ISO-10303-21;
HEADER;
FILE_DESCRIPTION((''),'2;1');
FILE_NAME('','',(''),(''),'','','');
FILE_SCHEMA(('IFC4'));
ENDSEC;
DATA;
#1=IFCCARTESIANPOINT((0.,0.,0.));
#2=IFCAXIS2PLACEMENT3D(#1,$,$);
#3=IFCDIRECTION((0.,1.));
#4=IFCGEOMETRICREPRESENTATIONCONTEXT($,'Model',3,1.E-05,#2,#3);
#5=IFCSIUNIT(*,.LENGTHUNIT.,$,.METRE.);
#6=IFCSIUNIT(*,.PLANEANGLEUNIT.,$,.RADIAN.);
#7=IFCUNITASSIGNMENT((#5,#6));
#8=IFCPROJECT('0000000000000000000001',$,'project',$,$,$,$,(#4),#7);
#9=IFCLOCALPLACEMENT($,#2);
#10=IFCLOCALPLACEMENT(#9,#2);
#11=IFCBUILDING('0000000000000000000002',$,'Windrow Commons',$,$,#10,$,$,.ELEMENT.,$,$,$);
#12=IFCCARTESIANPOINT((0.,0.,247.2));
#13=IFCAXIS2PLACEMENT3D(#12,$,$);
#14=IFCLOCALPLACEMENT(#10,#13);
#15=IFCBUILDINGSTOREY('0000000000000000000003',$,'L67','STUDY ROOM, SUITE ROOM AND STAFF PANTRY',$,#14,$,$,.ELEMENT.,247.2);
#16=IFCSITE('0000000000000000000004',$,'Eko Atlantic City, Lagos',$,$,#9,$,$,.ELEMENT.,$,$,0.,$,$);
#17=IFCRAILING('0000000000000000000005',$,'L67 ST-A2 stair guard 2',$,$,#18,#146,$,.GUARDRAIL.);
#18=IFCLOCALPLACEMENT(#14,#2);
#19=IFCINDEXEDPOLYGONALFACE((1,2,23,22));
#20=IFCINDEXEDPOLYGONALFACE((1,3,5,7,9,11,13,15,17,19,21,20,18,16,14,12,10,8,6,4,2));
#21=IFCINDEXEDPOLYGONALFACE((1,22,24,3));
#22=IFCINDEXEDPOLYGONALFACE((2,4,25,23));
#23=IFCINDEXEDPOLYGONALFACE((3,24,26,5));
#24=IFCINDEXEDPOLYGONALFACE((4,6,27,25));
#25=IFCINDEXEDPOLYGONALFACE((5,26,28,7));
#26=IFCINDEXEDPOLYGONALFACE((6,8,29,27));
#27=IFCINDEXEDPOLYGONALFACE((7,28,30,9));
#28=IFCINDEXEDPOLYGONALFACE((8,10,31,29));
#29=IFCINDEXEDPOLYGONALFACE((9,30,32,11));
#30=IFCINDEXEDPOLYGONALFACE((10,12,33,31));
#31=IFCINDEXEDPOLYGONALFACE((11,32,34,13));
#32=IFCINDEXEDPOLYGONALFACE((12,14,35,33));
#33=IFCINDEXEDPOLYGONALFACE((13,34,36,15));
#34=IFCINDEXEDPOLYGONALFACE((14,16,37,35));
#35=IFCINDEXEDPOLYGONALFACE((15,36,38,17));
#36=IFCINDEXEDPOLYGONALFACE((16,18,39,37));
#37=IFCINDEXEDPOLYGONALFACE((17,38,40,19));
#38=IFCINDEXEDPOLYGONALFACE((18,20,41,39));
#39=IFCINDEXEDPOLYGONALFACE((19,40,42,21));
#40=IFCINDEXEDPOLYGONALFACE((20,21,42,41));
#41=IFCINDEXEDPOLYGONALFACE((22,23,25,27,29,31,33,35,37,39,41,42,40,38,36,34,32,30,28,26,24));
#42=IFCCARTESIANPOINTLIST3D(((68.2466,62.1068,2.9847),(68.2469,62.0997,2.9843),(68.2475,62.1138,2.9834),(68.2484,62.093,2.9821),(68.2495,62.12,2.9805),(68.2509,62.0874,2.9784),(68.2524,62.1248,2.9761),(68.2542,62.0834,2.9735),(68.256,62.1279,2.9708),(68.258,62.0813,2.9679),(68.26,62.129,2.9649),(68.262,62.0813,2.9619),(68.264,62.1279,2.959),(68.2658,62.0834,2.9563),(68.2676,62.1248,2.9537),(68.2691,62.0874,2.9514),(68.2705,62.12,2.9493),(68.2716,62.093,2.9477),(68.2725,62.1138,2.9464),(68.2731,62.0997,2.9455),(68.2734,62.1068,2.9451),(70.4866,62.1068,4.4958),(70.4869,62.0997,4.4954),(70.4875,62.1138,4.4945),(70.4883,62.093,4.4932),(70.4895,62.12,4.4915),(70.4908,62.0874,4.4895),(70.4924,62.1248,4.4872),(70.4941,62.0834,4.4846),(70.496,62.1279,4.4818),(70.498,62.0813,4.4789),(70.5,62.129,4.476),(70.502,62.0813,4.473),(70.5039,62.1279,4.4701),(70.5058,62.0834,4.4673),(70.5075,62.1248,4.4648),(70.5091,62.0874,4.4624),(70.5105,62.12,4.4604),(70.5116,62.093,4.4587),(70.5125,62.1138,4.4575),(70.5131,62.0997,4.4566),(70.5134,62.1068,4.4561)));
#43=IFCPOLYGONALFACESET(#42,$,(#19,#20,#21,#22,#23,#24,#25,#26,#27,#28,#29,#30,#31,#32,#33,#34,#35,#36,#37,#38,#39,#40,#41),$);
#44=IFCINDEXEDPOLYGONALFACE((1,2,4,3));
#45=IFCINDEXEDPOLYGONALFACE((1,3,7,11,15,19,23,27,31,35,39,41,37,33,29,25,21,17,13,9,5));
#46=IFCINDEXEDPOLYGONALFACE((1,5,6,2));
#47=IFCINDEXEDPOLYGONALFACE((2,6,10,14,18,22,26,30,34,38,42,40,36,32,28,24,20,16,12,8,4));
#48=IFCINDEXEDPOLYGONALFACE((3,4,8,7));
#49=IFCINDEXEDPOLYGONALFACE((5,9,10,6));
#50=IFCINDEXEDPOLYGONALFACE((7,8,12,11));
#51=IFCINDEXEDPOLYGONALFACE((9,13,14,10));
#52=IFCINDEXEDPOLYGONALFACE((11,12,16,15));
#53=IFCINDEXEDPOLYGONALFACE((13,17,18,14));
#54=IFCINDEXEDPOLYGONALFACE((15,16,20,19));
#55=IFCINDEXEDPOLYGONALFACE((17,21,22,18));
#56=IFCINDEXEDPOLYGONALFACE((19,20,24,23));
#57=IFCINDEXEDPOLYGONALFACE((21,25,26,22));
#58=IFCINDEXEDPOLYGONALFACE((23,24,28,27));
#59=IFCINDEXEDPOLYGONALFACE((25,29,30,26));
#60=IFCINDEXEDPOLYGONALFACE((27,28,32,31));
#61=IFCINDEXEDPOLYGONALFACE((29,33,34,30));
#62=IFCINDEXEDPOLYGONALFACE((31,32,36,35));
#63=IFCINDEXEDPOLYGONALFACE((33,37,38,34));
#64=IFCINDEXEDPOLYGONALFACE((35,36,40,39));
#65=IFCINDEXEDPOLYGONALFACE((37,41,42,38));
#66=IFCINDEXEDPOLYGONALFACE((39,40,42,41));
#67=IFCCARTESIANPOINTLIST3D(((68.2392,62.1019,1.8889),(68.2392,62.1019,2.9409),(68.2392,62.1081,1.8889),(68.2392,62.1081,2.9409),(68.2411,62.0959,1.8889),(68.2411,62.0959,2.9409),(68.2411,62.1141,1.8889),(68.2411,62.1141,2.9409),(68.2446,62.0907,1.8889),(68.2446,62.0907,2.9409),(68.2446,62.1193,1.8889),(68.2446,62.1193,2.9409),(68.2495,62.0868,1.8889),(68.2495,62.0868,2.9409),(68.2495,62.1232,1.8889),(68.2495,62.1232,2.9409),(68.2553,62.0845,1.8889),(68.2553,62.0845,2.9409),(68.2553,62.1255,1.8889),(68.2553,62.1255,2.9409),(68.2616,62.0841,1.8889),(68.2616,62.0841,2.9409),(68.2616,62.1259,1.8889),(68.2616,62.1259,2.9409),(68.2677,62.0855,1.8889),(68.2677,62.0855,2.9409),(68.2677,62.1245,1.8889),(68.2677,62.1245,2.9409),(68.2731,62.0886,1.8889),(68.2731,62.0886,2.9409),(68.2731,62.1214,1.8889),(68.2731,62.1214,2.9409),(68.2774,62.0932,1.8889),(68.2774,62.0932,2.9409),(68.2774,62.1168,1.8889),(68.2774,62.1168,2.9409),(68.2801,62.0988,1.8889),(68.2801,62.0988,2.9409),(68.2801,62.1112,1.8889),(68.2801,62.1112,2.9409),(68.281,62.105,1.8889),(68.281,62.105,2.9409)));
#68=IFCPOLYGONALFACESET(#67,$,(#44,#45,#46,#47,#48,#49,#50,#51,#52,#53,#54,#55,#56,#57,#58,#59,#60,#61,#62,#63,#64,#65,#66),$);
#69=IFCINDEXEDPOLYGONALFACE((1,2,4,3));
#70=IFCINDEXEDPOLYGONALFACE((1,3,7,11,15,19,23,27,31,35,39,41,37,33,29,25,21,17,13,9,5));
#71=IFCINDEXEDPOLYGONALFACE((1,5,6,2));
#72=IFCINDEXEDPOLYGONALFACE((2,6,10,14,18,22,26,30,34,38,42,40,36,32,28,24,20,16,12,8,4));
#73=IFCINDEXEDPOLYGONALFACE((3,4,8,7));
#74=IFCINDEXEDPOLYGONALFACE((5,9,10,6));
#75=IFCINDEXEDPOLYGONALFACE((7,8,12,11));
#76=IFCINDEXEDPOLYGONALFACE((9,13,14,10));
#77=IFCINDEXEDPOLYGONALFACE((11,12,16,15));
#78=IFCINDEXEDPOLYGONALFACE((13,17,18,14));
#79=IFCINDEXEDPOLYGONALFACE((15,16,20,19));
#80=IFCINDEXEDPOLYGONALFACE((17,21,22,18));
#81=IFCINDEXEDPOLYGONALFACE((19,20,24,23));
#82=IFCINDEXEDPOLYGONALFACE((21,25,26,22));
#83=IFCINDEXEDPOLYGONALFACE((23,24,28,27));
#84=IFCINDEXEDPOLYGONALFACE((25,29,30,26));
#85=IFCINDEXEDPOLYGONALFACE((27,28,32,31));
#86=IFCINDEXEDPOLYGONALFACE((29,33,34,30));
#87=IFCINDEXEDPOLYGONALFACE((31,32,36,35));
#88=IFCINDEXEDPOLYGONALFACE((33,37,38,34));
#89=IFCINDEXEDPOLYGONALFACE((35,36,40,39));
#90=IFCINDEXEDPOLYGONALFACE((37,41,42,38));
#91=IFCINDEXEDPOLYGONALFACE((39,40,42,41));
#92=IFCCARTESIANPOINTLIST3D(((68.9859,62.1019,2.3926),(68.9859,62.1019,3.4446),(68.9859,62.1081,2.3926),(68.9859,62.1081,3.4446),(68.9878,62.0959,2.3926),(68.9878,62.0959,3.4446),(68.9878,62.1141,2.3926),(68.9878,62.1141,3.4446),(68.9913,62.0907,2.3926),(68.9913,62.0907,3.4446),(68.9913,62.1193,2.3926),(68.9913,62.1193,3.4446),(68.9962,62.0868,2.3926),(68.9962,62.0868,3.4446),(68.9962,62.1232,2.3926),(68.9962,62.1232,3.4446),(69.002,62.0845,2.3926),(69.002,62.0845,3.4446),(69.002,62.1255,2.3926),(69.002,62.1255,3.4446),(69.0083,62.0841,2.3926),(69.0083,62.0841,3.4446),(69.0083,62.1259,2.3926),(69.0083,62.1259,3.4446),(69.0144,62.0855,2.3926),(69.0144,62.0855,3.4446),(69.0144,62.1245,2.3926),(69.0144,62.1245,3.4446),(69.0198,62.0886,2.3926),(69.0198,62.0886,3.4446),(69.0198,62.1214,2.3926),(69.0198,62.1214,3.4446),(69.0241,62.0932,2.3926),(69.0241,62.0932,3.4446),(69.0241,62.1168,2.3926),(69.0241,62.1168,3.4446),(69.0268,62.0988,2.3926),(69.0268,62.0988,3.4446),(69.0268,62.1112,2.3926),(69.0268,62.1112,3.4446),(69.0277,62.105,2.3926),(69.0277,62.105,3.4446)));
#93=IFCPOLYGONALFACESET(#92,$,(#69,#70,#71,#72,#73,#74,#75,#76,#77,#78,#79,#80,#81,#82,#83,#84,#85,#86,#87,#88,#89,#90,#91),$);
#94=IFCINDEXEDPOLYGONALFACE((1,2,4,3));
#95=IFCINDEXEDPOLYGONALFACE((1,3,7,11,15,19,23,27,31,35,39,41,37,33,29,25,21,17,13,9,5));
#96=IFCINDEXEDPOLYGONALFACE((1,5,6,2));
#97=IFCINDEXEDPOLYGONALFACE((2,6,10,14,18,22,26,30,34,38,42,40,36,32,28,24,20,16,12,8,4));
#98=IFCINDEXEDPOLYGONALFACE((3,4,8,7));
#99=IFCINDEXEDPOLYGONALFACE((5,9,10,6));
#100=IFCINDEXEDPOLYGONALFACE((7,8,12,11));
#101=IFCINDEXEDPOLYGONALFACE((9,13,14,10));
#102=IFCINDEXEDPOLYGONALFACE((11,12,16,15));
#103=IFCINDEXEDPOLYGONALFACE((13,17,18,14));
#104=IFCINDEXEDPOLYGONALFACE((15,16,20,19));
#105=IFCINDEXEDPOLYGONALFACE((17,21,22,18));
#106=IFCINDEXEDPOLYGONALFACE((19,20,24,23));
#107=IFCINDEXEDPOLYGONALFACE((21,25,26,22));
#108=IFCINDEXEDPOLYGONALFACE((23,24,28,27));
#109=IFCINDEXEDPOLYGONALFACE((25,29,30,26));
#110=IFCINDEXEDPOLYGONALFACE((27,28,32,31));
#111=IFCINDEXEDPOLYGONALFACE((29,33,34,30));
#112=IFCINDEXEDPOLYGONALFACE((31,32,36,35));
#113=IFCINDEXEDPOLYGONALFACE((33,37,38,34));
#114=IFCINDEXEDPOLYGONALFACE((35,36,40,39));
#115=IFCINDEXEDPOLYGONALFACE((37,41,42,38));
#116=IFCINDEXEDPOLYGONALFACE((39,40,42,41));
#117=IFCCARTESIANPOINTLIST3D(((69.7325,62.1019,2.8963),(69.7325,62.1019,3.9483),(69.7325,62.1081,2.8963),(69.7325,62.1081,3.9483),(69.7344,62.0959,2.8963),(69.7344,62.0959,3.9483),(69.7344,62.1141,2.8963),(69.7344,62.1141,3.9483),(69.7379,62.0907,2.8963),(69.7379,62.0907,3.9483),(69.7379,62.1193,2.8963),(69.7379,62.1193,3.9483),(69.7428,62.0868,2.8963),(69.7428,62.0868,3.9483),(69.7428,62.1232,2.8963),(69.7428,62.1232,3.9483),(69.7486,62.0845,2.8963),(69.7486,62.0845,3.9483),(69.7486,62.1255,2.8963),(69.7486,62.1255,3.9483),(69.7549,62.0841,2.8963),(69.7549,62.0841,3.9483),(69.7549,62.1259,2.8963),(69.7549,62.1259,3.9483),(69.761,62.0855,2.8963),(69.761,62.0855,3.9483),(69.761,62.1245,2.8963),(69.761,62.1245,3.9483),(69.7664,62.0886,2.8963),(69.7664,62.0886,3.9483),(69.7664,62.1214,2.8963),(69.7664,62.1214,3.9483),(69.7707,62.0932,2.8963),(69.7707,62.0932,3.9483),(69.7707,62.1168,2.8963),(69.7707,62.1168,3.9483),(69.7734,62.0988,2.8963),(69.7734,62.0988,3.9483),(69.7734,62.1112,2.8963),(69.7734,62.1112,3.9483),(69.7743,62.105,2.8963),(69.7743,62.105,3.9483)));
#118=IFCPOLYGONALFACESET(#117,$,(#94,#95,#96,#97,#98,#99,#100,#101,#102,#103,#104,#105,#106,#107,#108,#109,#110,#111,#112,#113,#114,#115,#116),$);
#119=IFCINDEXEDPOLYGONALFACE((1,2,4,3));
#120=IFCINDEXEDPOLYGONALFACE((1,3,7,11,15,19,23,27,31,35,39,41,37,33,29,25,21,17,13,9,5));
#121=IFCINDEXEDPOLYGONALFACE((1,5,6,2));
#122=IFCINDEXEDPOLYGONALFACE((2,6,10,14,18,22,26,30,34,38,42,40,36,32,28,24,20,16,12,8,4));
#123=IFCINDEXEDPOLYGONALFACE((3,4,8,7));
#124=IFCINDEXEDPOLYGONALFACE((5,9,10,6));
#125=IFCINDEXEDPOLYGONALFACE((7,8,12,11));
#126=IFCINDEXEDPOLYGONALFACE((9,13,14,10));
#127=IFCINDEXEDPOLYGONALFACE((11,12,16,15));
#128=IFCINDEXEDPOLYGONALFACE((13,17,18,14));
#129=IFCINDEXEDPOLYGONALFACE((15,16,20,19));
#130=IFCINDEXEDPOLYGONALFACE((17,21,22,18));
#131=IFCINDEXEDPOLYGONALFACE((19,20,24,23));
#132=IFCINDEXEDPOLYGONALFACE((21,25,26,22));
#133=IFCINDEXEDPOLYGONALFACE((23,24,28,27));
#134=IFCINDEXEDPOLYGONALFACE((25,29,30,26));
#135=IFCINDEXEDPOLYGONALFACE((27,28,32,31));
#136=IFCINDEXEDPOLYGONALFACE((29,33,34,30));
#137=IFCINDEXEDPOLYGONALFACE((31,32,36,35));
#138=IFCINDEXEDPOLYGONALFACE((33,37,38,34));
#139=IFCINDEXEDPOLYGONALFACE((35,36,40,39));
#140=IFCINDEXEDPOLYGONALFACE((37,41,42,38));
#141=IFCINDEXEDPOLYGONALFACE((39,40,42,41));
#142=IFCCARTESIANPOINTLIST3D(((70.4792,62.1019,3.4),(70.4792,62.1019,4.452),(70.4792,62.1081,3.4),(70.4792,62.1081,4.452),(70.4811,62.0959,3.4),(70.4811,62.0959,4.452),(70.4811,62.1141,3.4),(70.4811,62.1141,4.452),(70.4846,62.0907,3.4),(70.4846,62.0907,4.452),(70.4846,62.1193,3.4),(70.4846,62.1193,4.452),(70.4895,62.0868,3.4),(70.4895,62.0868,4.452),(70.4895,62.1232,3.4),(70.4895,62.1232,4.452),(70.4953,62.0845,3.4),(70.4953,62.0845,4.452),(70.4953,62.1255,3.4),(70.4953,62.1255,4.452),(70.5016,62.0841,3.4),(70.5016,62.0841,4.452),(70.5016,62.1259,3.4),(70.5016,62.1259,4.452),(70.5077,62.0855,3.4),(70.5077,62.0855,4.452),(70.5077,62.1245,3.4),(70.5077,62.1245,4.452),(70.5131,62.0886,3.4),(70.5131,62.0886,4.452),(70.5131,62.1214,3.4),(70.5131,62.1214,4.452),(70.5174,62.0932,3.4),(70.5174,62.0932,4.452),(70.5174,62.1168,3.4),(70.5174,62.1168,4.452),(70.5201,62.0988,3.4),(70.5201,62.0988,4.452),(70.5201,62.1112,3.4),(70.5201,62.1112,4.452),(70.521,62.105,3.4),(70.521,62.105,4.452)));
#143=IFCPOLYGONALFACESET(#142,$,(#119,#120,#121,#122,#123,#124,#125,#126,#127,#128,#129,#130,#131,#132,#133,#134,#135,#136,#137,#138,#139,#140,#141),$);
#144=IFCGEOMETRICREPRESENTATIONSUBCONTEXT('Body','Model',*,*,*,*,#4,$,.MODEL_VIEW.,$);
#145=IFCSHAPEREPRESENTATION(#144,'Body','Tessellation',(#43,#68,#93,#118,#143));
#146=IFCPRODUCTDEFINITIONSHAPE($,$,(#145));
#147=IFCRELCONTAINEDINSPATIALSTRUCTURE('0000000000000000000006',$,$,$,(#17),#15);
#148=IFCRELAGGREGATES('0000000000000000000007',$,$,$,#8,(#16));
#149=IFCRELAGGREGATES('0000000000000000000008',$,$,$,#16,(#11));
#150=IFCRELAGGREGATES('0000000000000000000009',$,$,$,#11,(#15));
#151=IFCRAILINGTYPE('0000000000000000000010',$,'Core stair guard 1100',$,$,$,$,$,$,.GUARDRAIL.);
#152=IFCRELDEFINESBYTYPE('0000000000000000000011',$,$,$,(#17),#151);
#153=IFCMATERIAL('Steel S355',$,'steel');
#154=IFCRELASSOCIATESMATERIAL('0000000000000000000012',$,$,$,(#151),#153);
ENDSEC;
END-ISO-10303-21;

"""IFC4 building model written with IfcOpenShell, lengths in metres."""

from ifc_helpers import new_model, si_unit, direction, frame, origin, origin_2d, place, context, subcontext, project, spatial, circle, extrude, material, type_object, element, save


model = new_model("IFC4")

# Units and contexts
model_context = context("Model", 3, precision=1e-05, world=origin(), true_north=direction((0.0, 1.0)))
body_context = subcontext(model_context, "Body", "Model", "MODEL_VIEW")
ifc_project = project(units=[si_unit("LENGTHUNIT", "METRE"), si_unit("PLANEANGLEUNIT", "RADIAN")], contexts=[model_context])

# Site, building, storey
site_placement = place(None, origin())
site = spatial("IfcSite", under=ifc_project, at=site_placement, Name="Eko Atlantic City, Lagos", CompositionType="ELEMENT", RefElevation=0.0)
building_placement = place(site_placement, origin())
building = spatial("IfcBuilding", under=site, at=building_placement, Name="Windrow Commons", CompositionType="ELEMENT")
storey_placement = place(building_placement, frame((0.0, 0.0, 247.2)))
storey = spatial("IfcBuildingStorey", under=building, at=storey_placement, Name="L67", Description="STUDY ROOM, SUITE ROOM AND STAFF PANTRY", CompositionType="ELEMENT", Elevation=247.2)

# Railing
ifc_material_1 = material(Name="Steel S355", Category="steel")
railing_type_1 = type_object("IfcRailingType", Name="Core stair guard 1100", PredefinedType="GUARDRAIL", material=ifc_material_1)
railing_1_placement = place(storey_placement, frame((68.26, 62.105, 1.8889)))
element("IfcRailing", 1, at=railing_1_placement, inside=storey, type_object=railing_type_1, Name="L67 ST-A2 stair guard 2", PredefinedType="GUARDRAIL", context=body_context, shape_type="SweptSolid", body=[
    extrude(circle(Radius=0.024, at=origin_2d()), frame((0.0, 0.0, 1.076), z_axis=(0.829003, 0.0, 0.559244), x_axis=(0.0, 1.0, 0.0)), (0.0, 0.0, 1.0), 2.702),
    extrude(circle(Radius=0.021, at=origin_2d()), origin(), (0.0, 0.0, 1.0), 1.052),
    extrude(circle(Radius=0.021, at=origin_2d()), frame((0.7467, 0.0, 0.5037)), (0.0, 0.0, 1.0), 1.052),
    extrude(circle(Radius=0.021, at=origin_2d()), frame((1.4933, 0.0, 1.0074)), (0.0, 0.0, 1.0), 1.052),
    extrude(circle(Radius=0.021, at=origin_2d()), frame((2.24, 0.0, 1.5111)), (0.0, 0.0, 1.0), 1.052),
])

save(model, "model.ifc")
